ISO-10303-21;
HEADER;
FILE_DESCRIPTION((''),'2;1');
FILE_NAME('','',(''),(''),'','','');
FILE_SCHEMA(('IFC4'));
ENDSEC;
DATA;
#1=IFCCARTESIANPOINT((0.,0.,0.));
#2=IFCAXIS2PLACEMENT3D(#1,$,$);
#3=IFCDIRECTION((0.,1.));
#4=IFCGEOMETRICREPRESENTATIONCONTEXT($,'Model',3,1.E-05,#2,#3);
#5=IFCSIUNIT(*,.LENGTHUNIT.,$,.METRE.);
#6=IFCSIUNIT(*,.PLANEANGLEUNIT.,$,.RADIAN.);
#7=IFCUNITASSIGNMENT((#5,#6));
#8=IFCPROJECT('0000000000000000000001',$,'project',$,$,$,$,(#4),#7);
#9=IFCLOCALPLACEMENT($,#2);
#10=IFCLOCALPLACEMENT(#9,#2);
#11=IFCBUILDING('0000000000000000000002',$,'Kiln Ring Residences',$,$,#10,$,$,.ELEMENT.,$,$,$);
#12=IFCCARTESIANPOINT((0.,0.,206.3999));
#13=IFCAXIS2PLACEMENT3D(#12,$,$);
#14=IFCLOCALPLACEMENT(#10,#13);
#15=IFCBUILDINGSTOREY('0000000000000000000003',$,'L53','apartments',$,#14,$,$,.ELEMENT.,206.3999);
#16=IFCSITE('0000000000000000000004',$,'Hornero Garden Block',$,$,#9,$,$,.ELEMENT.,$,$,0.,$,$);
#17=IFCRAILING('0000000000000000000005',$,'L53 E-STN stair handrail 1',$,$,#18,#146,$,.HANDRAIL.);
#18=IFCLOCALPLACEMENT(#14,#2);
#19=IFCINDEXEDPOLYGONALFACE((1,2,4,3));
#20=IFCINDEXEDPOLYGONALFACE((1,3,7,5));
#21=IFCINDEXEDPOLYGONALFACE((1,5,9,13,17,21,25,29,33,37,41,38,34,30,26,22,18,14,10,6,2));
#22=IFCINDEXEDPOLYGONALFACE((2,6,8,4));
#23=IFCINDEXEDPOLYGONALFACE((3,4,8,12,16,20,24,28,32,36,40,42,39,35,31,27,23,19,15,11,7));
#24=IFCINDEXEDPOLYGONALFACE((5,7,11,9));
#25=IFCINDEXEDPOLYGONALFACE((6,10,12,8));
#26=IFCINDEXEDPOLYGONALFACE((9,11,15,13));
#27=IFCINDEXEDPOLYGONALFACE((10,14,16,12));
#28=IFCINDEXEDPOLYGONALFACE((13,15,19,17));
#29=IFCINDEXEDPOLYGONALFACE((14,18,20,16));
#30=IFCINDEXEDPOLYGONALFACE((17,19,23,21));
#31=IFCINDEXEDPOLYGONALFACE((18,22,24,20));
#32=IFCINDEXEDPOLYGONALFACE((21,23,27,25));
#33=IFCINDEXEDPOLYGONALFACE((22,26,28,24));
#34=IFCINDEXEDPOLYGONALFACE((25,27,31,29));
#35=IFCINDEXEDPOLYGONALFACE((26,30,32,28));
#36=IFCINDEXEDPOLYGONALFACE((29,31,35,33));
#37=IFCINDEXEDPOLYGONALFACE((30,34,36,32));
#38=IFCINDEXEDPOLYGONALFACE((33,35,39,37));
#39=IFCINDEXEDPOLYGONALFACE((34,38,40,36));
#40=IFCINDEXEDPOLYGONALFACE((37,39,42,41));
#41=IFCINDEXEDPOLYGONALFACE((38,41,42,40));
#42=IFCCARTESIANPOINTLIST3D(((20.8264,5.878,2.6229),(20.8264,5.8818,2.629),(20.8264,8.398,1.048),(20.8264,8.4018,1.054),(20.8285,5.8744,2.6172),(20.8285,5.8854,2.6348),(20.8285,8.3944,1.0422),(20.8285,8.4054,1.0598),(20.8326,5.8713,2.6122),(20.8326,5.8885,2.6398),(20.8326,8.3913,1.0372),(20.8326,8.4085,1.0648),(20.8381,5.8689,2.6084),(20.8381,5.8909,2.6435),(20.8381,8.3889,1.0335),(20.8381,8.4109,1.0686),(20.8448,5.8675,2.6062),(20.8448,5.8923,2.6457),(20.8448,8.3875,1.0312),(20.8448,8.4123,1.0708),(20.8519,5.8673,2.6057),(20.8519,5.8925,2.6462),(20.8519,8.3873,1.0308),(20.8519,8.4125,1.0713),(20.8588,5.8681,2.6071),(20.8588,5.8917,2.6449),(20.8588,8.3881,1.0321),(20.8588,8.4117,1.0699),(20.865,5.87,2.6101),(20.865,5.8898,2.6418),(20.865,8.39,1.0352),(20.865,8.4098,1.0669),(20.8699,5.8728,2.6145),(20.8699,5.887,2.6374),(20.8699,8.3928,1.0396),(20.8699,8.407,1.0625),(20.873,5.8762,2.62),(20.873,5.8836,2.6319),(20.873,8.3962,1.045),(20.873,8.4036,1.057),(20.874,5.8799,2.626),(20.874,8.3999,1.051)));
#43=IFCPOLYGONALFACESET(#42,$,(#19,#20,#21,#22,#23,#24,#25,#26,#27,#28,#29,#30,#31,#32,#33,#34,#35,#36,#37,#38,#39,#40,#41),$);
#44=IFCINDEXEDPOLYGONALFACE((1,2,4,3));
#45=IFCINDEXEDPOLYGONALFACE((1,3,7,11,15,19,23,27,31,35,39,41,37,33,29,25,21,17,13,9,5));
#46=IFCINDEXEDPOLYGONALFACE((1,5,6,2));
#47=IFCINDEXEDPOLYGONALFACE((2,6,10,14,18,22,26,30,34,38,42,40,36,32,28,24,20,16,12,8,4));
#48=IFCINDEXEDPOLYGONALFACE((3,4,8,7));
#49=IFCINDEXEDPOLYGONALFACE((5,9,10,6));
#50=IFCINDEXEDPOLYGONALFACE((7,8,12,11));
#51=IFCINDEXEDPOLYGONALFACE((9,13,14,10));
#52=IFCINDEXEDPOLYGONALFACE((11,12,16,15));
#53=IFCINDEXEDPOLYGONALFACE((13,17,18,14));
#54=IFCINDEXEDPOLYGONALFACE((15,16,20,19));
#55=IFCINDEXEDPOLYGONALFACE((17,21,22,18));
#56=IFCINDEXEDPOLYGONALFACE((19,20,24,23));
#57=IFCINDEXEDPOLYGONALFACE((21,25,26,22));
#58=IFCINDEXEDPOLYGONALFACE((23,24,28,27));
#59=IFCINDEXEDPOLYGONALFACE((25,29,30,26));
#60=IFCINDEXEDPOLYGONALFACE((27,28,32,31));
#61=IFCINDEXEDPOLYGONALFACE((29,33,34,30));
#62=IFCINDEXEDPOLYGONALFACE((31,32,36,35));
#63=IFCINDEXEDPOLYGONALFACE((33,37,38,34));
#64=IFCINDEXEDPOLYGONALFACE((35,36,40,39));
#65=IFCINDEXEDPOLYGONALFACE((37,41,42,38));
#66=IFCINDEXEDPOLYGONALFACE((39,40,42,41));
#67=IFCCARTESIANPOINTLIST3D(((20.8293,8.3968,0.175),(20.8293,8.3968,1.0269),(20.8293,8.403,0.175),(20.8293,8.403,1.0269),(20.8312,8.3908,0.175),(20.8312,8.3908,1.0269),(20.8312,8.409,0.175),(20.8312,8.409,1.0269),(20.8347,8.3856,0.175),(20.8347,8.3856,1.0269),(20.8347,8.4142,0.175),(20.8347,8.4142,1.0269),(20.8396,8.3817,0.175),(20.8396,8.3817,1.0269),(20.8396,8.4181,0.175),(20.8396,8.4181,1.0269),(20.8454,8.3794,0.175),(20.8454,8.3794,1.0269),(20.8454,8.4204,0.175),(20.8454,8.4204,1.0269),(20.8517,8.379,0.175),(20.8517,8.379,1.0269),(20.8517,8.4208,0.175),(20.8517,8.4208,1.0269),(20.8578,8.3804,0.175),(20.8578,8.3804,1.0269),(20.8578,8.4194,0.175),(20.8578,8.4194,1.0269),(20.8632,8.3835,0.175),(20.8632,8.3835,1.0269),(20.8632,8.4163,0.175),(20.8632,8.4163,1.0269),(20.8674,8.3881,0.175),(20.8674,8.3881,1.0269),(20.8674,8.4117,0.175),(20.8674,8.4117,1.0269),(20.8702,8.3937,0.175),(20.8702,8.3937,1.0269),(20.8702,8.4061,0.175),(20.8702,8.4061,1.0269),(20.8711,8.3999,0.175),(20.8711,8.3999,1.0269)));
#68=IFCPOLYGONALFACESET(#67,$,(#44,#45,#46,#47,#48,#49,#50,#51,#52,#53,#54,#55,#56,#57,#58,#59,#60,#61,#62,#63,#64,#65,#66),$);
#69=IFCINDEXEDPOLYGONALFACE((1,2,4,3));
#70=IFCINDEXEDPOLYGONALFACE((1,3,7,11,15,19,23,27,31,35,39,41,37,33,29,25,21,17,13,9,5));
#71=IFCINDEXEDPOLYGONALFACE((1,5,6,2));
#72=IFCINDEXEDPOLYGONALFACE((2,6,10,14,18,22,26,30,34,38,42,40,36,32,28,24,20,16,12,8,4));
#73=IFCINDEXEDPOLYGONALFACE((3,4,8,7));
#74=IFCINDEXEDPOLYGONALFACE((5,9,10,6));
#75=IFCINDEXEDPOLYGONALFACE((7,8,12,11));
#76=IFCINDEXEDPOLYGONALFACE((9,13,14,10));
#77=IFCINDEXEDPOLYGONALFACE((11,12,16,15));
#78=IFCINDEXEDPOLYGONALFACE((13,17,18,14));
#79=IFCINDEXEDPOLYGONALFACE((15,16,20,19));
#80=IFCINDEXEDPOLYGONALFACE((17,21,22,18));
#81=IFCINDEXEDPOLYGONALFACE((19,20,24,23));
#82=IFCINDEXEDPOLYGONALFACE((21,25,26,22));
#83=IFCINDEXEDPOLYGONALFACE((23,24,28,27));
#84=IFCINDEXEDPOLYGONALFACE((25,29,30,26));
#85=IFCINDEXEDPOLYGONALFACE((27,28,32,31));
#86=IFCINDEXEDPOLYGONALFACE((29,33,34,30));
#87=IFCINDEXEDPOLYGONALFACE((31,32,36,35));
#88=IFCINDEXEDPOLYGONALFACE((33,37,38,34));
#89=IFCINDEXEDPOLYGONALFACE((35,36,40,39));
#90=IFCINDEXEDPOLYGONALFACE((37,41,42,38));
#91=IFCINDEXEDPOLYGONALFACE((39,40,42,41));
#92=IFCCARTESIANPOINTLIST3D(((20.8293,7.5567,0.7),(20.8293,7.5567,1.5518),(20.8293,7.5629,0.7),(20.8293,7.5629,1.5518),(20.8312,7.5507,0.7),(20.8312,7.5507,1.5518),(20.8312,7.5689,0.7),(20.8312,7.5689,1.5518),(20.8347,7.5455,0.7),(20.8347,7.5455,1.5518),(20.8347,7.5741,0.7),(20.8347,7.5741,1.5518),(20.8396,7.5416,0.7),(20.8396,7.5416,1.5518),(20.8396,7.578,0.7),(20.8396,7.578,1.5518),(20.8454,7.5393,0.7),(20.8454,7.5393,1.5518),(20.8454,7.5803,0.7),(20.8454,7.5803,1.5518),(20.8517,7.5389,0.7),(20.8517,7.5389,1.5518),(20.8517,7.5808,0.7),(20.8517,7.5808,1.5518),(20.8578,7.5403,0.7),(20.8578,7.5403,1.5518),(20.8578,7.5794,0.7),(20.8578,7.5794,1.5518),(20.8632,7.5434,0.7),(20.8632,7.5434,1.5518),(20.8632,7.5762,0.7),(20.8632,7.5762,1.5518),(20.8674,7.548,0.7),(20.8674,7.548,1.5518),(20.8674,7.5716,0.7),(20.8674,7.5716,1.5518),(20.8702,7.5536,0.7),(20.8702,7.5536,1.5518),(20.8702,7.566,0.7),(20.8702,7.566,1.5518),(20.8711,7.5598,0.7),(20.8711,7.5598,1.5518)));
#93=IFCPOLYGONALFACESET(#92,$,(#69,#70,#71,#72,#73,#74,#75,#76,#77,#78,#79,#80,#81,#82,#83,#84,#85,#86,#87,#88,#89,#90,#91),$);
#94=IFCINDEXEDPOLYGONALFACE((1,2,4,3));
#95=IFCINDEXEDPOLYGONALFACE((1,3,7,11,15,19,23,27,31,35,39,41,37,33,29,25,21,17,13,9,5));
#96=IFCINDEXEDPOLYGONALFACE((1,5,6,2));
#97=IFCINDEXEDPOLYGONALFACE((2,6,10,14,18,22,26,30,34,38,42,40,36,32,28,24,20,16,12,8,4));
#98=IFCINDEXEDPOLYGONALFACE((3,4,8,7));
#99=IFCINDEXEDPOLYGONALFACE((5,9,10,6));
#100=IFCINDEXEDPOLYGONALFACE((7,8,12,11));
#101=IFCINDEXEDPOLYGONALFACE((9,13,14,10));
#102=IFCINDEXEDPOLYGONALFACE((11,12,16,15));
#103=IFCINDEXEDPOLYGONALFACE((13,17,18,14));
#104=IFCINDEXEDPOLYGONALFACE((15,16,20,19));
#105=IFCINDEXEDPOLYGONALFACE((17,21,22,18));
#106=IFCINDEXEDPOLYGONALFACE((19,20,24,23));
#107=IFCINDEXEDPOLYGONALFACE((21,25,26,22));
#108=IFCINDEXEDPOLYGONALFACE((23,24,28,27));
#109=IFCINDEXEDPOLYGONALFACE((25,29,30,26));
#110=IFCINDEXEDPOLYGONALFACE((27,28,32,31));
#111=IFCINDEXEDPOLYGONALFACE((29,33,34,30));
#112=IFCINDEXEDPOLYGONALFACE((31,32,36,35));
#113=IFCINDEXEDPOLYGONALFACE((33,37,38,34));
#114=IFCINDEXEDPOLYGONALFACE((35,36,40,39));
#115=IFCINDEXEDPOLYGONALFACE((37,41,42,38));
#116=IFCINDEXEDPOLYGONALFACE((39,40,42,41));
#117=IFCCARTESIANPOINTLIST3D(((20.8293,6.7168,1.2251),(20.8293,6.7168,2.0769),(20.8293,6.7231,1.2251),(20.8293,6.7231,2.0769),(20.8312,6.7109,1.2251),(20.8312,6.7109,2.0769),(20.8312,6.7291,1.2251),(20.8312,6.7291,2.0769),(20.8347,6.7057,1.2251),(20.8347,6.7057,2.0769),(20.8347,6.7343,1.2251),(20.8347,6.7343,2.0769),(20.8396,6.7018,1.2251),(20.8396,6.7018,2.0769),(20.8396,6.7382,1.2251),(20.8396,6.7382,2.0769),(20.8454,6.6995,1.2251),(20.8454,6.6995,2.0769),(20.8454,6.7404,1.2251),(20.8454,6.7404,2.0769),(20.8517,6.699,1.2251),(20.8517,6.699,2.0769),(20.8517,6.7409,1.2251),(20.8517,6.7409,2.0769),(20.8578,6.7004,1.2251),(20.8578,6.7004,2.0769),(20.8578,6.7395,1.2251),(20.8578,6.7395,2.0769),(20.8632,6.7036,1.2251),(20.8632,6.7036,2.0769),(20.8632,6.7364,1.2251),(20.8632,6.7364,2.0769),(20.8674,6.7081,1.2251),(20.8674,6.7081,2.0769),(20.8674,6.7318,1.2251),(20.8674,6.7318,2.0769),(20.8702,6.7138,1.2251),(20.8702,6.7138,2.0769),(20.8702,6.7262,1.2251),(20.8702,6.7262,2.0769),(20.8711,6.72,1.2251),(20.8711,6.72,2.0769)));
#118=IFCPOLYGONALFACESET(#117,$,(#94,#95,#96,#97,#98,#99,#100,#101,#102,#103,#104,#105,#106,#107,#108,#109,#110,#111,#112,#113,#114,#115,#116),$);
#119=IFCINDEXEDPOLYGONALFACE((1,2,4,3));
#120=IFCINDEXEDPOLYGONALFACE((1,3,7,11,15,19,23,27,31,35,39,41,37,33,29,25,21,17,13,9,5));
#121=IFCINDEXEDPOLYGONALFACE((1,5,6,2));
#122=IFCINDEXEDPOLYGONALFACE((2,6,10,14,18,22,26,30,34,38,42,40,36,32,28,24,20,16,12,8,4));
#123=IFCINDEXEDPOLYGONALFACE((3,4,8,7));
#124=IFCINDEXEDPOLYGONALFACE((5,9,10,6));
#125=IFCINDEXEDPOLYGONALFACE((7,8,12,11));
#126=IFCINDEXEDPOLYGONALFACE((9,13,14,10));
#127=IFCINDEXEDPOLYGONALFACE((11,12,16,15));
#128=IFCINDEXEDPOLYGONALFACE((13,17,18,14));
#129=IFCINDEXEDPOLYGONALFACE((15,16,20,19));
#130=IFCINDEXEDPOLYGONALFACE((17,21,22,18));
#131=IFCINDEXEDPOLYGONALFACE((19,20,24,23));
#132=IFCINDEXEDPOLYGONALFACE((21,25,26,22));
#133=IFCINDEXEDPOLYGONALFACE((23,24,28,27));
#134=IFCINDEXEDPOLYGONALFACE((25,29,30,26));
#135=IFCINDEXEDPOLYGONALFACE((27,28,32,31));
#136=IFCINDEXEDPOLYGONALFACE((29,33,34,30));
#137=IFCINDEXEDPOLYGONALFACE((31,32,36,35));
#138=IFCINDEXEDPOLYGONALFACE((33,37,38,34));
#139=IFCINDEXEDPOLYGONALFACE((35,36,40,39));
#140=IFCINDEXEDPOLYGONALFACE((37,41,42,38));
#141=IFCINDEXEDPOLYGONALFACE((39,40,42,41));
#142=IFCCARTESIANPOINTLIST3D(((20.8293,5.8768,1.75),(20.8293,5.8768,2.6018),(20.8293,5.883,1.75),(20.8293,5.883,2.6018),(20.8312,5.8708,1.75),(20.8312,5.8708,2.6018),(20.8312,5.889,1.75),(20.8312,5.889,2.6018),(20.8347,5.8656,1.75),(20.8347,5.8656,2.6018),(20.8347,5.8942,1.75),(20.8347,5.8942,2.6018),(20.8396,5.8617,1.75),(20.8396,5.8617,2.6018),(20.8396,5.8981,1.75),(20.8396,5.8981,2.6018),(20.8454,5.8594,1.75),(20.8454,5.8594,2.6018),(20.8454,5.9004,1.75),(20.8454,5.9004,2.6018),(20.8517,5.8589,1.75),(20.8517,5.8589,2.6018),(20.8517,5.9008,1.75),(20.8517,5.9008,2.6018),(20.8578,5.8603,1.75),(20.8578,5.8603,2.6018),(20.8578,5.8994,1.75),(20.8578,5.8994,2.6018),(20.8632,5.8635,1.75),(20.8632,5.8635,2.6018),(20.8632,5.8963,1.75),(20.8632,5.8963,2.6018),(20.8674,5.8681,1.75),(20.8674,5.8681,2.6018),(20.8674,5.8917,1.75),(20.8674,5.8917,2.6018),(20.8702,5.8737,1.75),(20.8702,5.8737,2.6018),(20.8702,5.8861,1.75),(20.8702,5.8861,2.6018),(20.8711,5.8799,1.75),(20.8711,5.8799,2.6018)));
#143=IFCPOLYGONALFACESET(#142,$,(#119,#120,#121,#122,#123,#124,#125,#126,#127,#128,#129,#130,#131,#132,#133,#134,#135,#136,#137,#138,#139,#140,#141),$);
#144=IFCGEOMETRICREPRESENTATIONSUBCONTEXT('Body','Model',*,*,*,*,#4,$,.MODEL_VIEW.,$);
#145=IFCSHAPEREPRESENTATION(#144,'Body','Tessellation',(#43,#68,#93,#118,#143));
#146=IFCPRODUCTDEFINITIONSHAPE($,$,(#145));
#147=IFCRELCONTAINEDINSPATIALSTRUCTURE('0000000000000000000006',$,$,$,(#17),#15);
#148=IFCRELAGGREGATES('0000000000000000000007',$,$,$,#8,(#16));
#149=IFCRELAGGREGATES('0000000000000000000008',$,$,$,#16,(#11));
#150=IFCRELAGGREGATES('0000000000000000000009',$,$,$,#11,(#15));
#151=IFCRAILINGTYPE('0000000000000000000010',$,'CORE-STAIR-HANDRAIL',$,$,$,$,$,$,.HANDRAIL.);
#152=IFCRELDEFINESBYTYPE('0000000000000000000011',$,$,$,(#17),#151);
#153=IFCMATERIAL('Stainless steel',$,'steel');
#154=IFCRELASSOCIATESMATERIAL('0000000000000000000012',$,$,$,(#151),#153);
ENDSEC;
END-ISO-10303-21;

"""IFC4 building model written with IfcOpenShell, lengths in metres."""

from ifc_helpers import new_model, si_unit, direction, frame, origin, origin_2d, place, context, subcontext, project, spatial, circle, extrude, material, type_object, element, save


model = new_model("IFC4")

# Units and contexts
model_context = context("Model", 3, precision=1e-05, world=origin(), true_north=direction((0.0, 1.0)))
body_context = subcontext(model_context, "Body", "Model", "MODEL_VIEW")
ifc_project = project(units=[si_unit("LENGTHUNIT", "METRE"), si_unit("PLANEANGLEUNIT", "RADIAN")], contexts=[model_context])

# Site, building, storey
site_placement = place(None, origin())
site = spatial("IfcSite", under=ifc_project, at=site_placement, Name="Hornero Garden Block", CompositionType="ELEMENT", RefElevation=0.0)
building_placement = place(site_placement, origin())
building = spatial("IfcBuilding", under=site, at=building_placement, Name="Kiln Ring Residences", CompositionType="ELEMENT")
storey_placement = place(building_placement, frame((0.0, 0.0, 206.3999)))
storey = spatial("IfcBuildingStorey", under=building, at=storey_placement, Name="L53", Description="apartments", CompositionType="ELEMENT", Elevation=206.3999)

# Railing
ifc_material_1 = material(Name="Stainless steel", Category="steel")
railing_type_1 = type_object("IfcRailingType", Name="CORE-STAIR-HANDRAIL", PredefinedType="HANDRAIL", material=ifc_material_1)
railing_1_placement = place(storey_placement, frame((20.8501, 8.3999, 0.175)))
element("IfcRailing", 1, at=railing_1_placement, inside=storey, type_object=railing_type_1, Name="L53 E-STN stair handrail 1", PredefinedType="HANDRAIL", context=body_context, shape_type="SweptSolid", body=[
    extrude(circle(Radius=0.0239, at=origin_2d()), frame((0.0, 0.0, 0.876), z_axis=(0.0, -0.848008, 0.529984), x_axis=(1.0, 0.0, 0.0)), (0.0, 0.0, 1.0), 2.9717),
    extrude(circle(Radius=0.021, at=origin_2d()), origin(), (0.0, 0.0, 1.0), 0.8518),
    extrude(circle(Radius=0.021, at=origin_2d()), frame((0.0, -0.8401, 0.5249)), (0.0, 0.0, 1.0), 0.8518),
    extrude(circle(Radius=0.021, at=origin_2d()), frame((0.0, -1.6799, 1.05)), (0.0, 0.0, 1.0), 0.8518),
    extrude(circle(Radius=0.021, at=origin_2d()), frame((0.0, -2.52, 1.575)), (0.0, 0.0, 1.0), 0.8518),
])

save(model, "model.ifc")
